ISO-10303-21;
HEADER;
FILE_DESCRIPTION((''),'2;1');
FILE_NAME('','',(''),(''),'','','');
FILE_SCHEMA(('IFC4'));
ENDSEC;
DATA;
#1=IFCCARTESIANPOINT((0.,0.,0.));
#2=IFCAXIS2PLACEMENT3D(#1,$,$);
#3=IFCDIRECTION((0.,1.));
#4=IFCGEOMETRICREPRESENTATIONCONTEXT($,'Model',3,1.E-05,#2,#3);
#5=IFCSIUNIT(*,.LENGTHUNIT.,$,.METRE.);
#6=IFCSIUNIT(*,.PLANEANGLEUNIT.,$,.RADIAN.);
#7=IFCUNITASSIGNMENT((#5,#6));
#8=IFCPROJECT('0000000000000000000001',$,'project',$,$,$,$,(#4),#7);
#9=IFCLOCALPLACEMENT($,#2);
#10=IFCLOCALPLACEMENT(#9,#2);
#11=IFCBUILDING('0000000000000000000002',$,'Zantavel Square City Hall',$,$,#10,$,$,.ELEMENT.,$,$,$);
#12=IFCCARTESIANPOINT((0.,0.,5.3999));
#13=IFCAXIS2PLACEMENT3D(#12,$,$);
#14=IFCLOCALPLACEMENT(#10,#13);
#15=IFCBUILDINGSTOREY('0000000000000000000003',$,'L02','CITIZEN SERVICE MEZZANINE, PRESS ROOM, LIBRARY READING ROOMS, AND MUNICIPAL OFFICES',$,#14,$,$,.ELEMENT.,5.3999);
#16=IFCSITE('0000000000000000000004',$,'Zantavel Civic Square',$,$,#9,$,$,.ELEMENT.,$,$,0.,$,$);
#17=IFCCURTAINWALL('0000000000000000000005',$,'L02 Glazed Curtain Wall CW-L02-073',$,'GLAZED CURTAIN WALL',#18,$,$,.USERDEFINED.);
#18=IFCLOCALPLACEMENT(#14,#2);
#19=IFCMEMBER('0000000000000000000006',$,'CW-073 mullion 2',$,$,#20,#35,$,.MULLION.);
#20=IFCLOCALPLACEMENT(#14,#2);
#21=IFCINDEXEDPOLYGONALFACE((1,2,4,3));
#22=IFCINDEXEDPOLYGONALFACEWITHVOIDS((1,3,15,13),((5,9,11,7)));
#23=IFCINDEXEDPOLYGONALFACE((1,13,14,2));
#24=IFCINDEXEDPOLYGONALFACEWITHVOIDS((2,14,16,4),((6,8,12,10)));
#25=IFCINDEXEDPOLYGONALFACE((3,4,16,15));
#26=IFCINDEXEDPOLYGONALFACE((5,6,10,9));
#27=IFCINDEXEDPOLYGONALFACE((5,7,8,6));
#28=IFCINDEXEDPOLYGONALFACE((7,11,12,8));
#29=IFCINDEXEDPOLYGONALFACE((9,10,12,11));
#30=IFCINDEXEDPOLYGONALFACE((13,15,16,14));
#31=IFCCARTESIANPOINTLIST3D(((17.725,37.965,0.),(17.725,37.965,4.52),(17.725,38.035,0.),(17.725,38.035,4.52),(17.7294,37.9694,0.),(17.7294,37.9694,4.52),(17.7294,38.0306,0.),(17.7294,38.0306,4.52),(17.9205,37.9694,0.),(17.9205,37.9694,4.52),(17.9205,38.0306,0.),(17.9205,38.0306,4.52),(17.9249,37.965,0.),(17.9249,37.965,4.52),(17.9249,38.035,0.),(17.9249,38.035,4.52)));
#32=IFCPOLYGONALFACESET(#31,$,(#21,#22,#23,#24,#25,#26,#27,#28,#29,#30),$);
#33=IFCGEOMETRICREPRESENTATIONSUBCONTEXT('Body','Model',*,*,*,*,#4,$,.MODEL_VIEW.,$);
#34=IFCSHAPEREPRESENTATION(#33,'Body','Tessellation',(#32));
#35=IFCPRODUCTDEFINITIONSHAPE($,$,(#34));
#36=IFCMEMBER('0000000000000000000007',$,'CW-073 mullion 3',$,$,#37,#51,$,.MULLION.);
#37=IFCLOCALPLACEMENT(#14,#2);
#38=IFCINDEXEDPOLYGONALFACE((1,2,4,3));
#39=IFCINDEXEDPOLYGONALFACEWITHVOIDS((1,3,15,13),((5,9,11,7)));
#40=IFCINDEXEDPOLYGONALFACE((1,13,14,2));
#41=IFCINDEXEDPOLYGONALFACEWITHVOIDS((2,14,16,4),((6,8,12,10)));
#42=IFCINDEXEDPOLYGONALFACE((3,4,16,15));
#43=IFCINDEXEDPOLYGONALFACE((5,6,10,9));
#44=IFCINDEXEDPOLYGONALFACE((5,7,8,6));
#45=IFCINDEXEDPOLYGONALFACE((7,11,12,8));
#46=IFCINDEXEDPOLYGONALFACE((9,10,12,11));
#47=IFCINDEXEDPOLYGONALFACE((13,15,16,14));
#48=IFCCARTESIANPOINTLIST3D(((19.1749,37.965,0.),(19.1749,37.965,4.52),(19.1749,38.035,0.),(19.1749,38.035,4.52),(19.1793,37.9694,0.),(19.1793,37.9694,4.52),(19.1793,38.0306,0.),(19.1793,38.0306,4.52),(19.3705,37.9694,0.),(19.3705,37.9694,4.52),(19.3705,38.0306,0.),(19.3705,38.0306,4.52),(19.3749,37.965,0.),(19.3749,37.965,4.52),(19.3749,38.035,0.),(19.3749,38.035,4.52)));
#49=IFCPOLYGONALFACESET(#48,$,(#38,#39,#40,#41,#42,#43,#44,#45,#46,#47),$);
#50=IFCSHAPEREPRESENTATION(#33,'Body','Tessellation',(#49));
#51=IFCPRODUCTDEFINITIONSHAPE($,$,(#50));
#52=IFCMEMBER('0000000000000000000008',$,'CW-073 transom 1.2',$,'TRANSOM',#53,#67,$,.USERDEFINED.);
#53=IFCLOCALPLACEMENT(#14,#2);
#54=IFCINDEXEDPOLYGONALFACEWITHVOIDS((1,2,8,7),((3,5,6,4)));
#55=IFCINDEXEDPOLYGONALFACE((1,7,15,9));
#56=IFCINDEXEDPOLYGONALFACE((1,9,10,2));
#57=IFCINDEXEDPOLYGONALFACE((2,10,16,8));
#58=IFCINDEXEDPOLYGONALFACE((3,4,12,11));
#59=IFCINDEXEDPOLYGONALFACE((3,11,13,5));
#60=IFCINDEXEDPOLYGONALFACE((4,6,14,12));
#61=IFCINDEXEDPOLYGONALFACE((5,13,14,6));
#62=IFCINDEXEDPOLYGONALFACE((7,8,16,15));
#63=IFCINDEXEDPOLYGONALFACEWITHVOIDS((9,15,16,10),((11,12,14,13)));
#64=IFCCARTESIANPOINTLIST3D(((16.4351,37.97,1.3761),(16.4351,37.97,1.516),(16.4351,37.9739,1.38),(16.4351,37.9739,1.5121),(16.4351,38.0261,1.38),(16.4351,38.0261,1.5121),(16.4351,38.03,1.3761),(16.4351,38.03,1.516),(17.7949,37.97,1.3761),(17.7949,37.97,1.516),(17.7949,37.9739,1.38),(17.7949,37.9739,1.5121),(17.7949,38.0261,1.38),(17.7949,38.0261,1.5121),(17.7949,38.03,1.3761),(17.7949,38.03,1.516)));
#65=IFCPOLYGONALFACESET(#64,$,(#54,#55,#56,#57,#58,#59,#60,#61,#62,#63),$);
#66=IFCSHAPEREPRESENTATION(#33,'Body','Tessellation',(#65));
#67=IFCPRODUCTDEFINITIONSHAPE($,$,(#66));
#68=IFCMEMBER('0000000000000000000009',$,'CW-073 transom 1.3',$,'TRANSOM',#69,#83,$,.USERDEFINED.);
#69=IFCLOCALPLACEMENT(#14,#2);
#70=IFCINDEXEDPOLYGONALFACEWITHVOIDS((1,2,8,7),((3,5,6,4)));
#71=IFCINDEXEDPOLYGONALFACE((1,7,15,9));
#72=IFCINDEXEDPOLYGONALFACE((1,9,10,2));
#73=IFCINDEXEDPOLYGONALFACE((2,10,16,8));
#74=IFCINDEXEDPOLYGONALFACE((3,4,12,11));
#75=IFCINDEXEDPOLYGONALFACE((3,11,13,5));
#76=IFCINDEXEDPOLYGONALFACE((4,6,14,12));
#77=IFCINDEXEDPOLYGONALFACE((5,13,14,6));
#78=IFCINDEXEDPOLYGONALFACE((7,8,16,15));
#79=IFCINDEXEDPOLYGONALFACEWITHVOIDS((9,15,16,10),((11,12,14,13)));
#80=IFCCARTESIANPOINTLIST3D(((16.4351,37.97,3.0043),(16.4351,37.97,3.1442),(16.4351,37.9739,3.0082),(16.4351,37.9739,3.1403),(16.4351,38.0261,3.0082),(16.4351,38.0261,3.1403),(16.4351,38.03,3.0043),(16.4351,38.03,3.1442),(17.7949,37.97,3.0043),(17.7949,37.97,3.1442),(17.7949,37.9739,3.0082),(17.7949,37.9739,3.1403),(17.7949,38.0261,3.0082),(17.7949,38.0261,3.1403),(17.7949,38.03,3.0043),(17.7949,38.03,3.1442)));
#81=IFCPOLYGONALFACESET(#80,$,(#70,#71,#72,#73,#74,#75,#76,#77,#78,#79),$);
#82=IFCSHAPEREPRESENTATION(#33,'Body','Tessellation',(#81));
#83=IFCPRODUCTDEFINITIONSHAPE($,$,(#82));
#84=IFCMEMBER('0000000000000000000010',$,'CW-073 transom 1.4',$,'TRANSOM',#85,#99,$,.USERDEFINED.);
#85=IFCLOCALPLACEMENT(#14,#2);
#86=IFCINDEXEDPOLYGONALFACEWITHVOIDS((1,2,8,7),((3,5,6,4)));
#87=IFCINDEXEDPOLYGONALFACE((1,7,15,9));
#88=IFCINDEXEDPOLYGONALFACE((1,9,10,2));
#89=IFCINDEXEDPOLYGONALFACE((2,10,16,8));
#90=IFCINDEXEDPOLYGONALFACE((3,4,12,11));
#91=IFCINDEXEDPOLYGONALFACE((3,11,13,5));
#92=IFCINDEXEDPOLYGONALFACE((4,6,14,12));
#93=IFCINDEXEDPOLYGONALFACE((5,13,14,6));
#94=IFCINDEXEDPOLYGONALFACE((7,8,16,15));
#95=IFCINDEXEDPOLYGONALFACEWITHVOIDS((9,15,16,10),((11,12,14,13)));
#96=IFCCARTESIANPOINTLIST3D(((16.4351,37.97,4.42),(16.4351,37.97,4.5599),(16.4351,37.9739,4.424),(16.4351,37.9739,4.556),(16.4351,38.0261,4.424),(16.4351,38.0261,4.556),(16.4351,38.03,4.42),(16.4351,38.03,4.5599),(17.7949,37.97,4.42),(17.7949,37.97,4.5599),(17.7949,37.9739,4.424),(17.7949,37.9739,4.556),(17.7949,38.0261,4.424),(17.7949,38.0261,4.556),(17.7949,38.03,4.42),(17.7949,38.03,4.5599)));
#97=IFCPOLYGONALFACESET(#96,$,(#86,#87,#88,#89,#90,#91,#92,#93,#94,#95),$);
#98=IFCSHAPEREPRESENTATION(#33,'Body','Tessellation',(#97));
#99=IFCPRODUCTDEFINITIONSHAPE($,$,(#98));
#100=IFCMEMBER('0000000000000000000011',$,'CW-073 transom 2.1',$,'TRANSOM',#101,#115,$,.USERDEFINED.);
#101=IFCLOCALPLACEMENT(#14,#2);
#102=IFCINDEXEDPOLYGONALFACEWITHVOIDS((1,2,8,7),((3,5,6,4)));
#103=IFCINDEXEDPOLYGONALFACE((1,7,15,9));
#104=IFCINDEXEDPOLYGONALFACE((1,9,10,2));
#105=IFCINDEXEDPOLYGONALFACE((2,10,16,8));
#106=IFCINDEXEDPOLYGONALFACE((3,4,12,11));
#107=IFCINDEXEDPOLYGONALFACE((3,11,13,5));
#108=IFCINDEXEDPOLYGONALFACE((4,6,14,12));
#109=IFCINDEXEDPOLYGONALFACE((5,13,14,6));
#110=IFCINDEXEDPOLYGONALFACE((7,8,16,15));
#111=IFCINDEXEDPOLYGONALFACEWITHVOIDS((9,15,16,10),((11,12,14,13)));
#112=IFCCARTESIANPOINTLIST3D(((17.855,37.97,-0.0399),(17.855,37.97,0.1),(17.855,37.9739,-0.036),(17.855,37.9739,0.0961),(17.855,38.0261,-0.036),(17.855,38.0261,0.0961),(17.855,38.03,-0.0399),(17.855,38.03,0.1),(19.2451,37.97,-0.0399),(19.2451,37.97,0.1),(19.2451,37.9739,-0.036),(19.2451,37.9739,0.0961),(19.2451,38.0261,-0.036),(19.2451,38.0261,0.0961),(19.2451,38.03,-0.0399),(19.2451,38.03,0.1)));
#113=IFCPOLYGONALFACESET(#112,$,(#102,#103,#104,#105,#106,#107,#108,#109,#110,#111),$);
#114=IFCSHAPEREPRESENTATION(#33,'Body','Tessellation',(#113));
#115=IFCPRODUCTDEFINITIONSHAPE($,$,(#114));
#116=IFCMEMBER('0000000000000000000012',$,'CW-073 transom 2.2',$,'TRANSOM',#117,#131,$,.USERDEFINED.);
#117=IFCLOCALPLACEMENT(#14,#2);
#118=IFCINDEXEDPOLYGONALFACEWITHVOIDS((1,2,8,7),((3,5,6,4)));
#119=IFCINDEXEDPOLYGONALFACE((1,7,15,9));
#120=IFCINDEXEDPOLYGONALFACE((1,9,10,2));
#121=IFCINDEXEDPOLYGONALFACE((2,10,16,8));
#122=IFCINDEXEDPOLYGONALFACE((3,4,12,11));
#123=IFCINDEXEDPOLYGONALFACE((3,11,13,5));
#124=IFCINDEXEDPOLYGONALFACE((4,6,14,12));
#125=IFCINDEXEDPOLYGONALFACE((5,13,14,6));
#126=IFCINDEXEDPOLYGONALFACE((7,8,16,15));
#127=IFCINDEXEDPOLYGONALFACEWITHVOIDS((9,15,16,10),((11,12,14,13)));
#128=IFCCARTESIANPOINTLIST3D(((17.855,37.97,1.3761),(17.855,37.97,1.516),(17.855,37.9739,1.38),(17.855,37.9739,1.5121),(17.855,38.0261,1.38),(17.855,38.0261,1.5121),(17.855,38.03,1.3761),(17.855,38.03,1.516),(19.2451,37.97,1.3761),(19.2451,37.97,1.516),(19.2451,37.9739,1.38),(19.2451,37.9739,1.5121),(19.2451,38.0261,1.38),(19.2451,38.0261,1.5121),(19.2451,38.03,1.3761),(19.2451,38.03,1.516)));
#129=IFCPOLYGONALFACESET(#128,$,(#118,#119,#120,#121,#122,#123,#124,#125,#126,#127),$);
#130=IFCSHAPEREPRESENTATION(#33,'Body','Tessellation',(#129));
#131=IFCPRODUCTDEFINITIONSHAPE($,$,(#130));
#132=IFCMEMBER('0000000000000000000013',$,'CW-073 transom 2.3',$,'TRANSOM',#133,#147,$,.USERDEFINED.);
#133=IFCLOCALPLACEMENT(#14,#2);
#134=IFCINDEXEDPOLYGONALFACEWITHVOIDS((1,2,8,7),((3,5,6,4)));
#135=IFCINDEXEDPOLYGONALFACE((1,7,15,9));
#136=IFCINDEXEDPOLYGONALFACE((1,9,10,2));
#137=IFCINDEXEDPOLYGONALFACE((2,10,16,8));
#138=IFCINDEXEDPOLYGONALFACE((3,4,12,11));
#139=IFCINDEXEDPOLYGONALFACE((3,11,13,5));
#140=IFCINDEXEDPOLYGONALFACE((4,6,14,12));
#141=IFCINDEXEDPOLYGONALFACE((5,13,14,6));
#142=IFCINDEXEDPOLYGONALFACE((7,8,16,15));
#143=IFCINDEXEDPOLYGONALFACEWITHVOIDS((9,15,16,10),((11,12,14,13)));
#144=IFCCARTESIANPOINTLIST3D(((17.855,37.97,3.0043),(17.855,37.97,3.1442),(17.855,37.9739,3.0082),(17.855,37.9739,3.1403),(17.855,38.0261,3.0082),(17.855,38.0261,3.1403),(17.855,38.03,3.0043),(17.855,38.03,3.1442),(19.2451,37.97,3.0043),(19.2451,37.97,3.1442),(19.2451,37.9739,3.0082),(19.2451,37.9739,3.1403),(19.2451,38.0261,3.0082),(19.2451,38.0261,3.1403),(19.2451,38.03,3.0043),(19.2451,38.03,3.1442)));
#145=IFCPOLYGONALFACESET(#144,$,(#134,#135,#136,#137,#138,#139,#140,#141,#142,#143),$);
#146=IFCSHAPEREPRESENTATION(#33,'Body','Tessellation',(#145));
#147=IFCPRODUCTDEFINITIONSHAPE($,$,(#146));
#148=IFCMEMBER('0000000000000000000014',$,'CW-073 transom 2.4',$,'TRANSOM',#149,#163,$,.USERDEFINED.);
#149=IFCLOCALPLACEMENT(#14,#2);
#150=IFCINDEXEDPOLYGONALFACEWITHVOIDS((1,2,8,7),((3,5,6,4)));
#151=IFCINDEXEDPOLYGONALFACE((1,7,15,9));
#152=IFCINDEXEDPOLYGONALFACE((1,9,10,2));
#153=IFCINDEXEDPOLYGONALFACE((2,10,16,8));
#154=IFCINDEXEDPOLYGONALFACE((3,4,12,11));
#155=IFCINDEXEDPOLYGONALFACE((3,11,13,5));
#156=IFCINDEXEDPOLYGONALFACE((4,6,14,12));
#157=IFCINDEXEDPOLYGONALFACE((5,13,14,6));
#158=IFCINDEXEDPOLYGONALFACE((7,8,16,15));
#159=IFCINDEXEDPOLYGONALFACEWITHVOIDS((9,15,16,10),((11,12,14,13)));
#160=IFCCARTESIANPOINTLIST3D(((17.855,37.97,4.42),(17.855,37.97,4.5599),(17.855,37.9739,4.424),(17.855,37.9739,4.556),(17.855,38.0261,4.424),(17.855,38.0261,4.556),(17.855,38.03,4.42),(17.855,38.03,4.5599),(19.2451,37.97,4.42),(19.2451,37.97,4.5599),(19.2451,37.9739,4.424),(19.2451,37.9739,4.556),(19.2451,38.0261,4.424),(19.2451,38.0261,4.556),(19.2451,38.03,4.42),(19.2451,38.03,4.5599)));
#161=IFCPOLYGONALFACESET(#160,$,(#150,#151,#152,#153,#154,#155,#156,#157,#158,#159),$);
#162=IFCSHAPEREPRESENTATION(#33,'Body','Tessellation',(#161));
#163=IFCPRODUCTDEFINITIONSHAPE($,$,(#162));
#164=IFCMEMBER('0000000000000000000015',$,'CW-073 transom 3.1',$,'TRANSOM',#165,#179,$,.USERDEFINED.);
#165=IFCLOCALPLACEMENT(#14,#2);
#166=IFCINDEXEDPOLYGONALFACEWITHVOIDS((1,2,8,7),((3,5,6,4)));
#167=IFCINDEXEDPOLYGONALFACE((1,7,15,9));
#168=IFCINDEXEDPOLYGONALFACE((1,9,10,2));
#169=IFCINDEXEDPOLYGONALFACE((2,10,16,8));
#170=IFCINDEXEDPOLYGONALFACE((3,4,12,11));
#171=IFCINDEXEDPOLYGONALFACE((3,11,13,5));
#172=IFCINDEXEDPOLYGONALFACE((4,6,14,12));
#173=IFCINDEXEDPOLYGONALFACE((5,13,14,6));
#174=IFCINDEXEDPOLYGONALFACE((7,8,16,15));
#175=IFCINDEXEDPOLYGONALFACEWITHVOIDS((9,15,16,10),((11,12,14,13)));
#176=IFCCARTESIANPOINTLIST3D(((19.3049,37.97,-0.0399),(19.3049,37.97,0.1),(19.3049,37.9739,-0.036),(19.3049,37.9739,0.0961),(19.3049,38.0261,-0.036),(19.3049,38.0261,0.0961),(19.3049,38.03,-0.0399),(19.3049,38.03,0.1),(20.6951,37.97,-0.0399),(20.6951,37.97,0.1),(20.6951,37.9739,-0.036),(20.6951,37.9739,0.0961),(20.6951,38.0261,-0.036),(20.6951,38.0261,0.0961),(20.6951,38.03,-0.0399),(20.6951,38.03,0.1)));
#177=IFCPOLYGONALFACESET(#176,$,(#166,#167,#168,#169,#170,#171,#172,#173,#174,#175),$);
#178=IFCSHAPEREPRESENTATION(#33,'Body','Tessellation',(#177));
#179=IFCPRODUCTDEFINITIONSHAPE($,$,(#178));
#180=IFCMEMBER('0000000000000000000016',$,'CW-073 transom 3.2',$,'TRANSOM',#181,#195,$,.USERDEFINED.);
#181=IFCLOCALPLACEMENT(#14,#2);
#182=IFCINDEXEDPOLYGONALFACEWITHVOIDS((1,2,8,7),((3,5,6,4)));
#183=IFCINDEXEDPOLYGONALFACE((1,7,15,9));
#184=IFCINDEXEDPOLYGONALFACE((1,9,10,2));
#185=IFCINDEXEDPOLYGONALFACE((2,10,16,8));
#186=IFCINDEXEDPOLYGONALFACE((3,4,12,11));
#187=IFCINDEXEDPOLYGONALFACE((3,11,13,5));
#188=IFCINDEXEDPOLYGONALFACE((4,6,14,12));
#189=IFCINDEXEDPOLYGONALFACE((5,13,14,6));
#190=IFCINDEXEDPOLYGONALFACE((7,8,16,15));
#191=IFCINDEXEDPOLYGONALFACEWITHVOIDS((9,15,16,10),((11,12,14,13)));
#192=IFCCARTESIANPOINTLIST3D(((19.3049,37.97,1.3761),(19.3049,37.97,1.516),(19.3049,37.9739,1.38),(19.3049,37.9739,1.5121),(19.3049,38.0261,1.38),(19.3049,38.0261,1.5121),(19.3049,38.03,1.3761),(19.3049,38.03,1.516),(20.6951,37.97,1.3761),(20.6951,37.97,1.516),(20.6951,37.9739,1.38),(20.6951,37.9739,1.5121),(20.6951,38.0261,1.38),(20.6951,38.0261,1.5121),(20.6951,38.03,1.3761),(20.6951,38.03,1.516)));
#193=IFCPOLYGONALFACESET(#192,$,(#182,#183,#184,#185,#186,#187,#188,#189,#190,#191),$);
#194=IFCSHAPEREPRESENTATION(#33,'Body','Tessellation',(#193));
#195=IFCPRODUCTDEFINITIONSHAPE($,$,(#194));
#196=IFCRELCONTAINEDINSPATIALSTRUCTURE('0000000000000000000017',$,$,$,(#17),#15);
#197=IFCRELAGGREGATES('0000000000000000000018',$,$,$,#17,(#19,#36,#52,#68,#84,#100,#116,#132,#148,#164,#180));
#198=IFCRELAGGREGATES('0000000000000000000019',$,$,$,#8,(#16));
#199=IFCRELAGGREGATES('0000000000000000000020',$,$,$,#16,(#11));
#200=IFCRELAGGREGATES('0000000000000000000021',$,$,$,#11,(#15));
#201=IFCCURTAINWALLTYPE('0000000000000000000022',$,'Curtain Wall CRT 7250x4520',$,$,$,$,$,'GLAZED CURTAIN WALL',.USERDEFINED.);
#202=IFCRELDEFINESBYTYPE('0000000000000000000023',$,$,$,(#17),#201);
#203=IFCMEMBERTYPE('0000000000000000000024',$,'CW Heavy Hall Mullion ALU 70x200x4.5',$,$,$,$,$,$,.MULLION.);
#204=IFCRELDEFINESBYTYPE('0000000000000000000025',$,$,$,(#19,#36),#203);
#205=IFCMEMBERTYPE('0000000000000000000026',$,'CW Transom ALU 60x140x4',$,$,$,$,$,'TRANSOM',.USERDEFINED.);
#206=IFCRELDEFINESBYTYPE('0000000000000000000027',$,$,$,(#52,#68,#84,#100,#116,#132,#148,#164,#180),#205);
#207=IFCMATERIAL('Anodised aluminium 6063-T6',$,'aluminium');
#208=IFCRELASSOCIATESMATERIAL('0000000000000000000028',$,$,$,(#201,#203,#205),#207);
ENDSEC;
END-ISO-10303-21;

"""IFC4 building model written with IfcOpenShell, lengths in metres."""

from ifc_helpers import new_model, si_unit, direction, frame, origin, origin_2d, place, context, subcontext, project, spatial, hollow_rectangle, extrude, material, material_profile, profile_set, type_object, element, aggregate, save


model = new_model("IFC4")

# Units and contexts
model_context = context("Model", 3, precision=1e-05, world=origin(), true_north=direction((0.0, 1.0)))
body_context = subcontext(model_context, "Body", "Model", "MODEL_VIEW")
ifc_project = project(units=[si_unit("LENGTHUNIT", "METRE"), si_unit("PLANEANGLEUNIT", "RADIAN")], contexts=[model_context])

# Site, building, storey
site_placement = place(None, origin())
site = spatial("IfcSite", under=ifc_project, at=site_placement, Name="Zantavel Civic Square", CompositionType="ELEMENT", RefElevation=0.0)
building_placement = place(site_placement, origin())
building = spatial("IfcBuilding", under=site, at=building_placement, Name="Zantavel Square City Hall", CompositionType="ELEMENT")
storey_placement = place(building_placement, frame((0.0, 0.0, 5.3999)))
storey = spatial("IfcBuildingStorey", under=building, at=storey_placement, Name="L02", Description="CITIZEN SERVICE MEZZANINE, PRESS ROOM, LIBRARY READING ROOMS, AND MUNICIPAL OFFICES", CompositionType="ELEMENT", Elevation=5.3999)

# Curtain wall, members
ifc_material_1 = material(Name="Anodised aluminium 6063-T6", Category="aluminium")
curtain_wall_type = type_object("IfcCurtainWallType", Name="Curtain Wall CRT 7250x4520", ElementType="GLAZED CURTAIN WALL", PredefinedType="USERDEFINED", material=ifc_material_1)
curtain_wall_placement = place(storey_placement, origin())
curtain_wall = element("IfcCurtainWall", 1, at=curtain_wall_placement, inside=storey, type_object=curtain_wall_type, Name="L02 Glazed Curtain Wall CW-L02-073", ObjectType="GLAZED CURTAIN WALL", PredefinedType="USERDEFINED")
ifc_material_profile_1 = material_profile(ifc_material_1, hollow_rectangle(XDim=0.0701, YDim=0.2, WallThickness=0.0044, at=origin_2d()), Name="ALU 70x200x4.5")
ifc_profile_set_1 = profile_set([ifc_material_profile_1], Name="Anodised aluminium 6063-T6")
member_type_1 = type_object("IfcMemberType", Name="CW Heavy Hall Mullion ALU 70x200x4.5", PredefinedType="MULLION", material=ifc_profile_set_1)
member_1_placement = place(storey_placement, frame((17.825, 38.0, 0.0), z_axis=(0.0, 0.0, 1.0), x_axis=(0.0, 1.0, 0.0)))
member_1 = element("IfcMember", 2, at=member_1_placement, type_object=member_type_1, Name="CW-073 mullion 2", PredefinedType="MULLION", context=body_context, shape_type="SweptSolid", body=[
    extrude(hollow_rectangle(XDim=0.0701, YDim=0.2, WallThickness=0.0044, at=origin_2d()), origin(), (0.0, 0.0, 1.0), 4.52),
])
member_2_placement = place(storey_placement, frame((19.2749, 38.0, 0.0), z_axis=(0.0, 0.0, 1.0), x_axis=(0.0, 1.0, 0.0)))
member_2 = element("IfcMember", 3, at=member_2_placement, type_object=member_type_1, Name="CW-073 mullion 3", PredefinedType="MULLION", context=body_context, shape_type="SweptSolid", body=[
    extrude(hollow_rectangle(XDim=0.0701, YDim=0.2, WallThickness=0.0044, at=origin_2d()), origin(), (0.0, 0.0, 1.0), 4.52),
])
ifc_material_profile_2 = material_profile(ifc_material_1, hollow_rectangle(XDim=0.0601, YDim=0.1399, WallThickness=0.0039, at=origin_2d()), Name="ALU 60x140x4")
ifc_profile_set_2 = profile_set([ifc_material_profile_2], Name="Anodised aluminium 6063-T6")
member_type_2 = type_object("IfcMemberType", Name="CW Transom ALU 60x140x4", ElementType="TRANSOM", PredefinedType="USERDEFINED", material=ifc_profile_set_2)
member_3_placement = place(storey_placement, frame((16.4351, 38.0, 1.446), z_axis=(1.0, 0.0, 0.0), x_axis=(0.0, 1.0, 0.0)))
member_3 = element("IfcMember", 4, at=member_3_placement, type_object=member_type_2, Name="CW-073 transom 1.2", ObjectType="TRANSOM", PredefinedType="USERDEFINED", context=body_context, shape_type="SweptSolid", body=[
    extrude(hollow_rectangle(XDim=0.0601, YDim=0.1399, WallThickness=0.0039, at=origin_2d()), origin(), (0.0, 0.0, 1.0), 1.3599),
])
member_4_placement = place(storey_placement, frame((16.4351, 38.0, 3.0742), z_axis=(1.0, 0.0, 0.0), x_axis=(0.0, 1.0, 0.0)))
member_4 = element("IfcMember", 5, at=member_4_placement, type_object=member_type_2, Name="CW-073 transom 1.3", ObjectType="TRANSOM", PredefinedType="USERDEFINED", context=body_context, shape_type="SweptSolid", body=[
    extrude(hollow_rectangle(XDim=0.0601, YDim=0.1399, WallThickness=0.0039, at=origin_2d()), origin(), (0.0, 0.0, 1.0), 1.3599),
])
member_5_placement = place(storey_placement, frame((16.4351, 38.0, 4.49), z_axis=(1.0, 0.0, 0.0), x_axis=(0.0, 1.0, 0.0)))
member_5 = element("IfcMember", 6, at=member_5_placement, type_object=member_type_2, Name="CW-073 transom 1.4", ObjectType="TRANSOM", PredefinedType="USERDEFINED", context=body_context, shape_type="SweptSolid", body=[
    extrude(hollow_rectangle(XDim=0.0601, YDim=0.1399, WallThickness=0.0039, at=origin_2d()), origin(), (0.0, 0.0, 1.0), 1.3599),
])
member_6_placement = place(storey_placement, frame((17.855, 38.0, 0.03), z_axis=(1.0, 0.0, 0.0), x_axis=(0.0, 1.0, 0.0)))
member_6 = element("IfcMember", 7, at=member_6_placement, type_object=member_type_2, Name="CW-073 transom 2.1", ObjectType="TRANSOM", PredefinedType="USERDEFINED", context=body_context, shape_type="SweptSolid", body=[
    extrude(hollow_rectangle(XDim=0.0601, YDim=0.1399, WallThickness=0.0039, at=origin_2d()), origin(), (0.0, 0.0, 1.0), 1.3901),
])
member_7_placement = place(storey_placement, frame((17.855, 38.0, 1.446), z_axis=(1.0, 0.0, 0.0), x_axis=(0.0, 1.0, 0.0)))
member_7 = element("IfcMember", 8, at=member_7_placement, type_object=member_type_2, Name="CW-073 transom 2.2", ObjectType="TRANSOM", PredefinedType="USERDEFINED", context=body_context, shape_type="SweptSolid", body=[
    extrude(hollow_rectangle(XDim=0.0601, YDim=0.1399, WallThickness=0.0039, at=origin_2d()), origin(), (0.0, 0.0, 1.0), 1.3901),
])
member_8_placement = place(storey_placement, frame((17.855, 38.0, 3.0742), z_axis=(1.0, 0.0, 0.0), x_axis=(0.0, 1.0, 0.0)))
member_8 = element("IfcMember", 9, at=member_8_placement, type_object=member_type_2, Name="CW-073 transom 2.3", ObjectType="TRANSOM", PredefinedType="USERDEFINED", context=body_context, shape_type="SweptSolid", body=[
    extrude(hollow_rectangle(XDim=0.0601, YDim=0.1399, WallThickness=0.0039, at=origin_2d()), origin(), (0.0, 0.0, 1.0), 1.3901),
])
member_9_placement = place(storey_placement, frame((17.855, 38.0, 4.49), z_axis=(1.0, 0.0, 0.0), x_axis=(0.0, 1.0, 0.0)))
member_9 = element("IfcMember", 10, at=member_9_placement, type_object=member_type_2, Name="CW-073 transom 2.4", ObjectType="TRANSOM", PredefinedType="USERDEFINED", context=body_context, shape_type="SweptSolid", body=[
    extrude(hollow_rectangle(XDim=0.0601, YDim=0.1399, WallThickness=0.0039, at=origin_2d()), origin(), (0.0, 0.0, 1.0), 1.3901),
])
member_10_placement = place(storey_placement, frame((19.3049, 38.0, 0.03), z_axis=(1.0, 0.0, 0.0), x_axis=(0.0, 1.0, 0.0)))
member_10 = element("IfcMember", 11, at=member_10_placement, type_object=member_type_2, Name="CW-073 transom 3.1", ObjectType="TRANSOM", PredefinedType="USERDEFINED", context=body_context, shape_type="SweptSolid", body=[
    extrude(hollow_rectangle(XDim=0.0601, YDim=0.1399, WallThickness=0.0039, at=origin_2d()), origin(), (0.0, 0.0, 1.0), 1.3901),
])
member_11_placement = place(storey_placement, frame((19.3049, 38.0, 1.446), z_axis=(1.0, 0.0, 0.0), x_axis=(0.0, 1.0, 0.0)))
member_11 = element("IfcMember", 12, at=member_11_placement, type_object=member_type_2, Name="CW-073 transom 3.2", ObjectType="TRANSOM", PredefinedType="USERDEFINED", context=body_context, shape_type="SweptSolid", body=[
    extrude(hollow_rectangle(XDim=0.0601, YDim=0.1399, WallThickness=0.0039, at=origin_2d()), origin(), (0.0, 0.0, 1.0), 1.3901),
])

aggregate(curtain_wall, [member_1, member_2, member_3, member_4, member_5, member_6, member_7, member_8, member_9, member_10, member_11])

save(model, "model.ifc")
